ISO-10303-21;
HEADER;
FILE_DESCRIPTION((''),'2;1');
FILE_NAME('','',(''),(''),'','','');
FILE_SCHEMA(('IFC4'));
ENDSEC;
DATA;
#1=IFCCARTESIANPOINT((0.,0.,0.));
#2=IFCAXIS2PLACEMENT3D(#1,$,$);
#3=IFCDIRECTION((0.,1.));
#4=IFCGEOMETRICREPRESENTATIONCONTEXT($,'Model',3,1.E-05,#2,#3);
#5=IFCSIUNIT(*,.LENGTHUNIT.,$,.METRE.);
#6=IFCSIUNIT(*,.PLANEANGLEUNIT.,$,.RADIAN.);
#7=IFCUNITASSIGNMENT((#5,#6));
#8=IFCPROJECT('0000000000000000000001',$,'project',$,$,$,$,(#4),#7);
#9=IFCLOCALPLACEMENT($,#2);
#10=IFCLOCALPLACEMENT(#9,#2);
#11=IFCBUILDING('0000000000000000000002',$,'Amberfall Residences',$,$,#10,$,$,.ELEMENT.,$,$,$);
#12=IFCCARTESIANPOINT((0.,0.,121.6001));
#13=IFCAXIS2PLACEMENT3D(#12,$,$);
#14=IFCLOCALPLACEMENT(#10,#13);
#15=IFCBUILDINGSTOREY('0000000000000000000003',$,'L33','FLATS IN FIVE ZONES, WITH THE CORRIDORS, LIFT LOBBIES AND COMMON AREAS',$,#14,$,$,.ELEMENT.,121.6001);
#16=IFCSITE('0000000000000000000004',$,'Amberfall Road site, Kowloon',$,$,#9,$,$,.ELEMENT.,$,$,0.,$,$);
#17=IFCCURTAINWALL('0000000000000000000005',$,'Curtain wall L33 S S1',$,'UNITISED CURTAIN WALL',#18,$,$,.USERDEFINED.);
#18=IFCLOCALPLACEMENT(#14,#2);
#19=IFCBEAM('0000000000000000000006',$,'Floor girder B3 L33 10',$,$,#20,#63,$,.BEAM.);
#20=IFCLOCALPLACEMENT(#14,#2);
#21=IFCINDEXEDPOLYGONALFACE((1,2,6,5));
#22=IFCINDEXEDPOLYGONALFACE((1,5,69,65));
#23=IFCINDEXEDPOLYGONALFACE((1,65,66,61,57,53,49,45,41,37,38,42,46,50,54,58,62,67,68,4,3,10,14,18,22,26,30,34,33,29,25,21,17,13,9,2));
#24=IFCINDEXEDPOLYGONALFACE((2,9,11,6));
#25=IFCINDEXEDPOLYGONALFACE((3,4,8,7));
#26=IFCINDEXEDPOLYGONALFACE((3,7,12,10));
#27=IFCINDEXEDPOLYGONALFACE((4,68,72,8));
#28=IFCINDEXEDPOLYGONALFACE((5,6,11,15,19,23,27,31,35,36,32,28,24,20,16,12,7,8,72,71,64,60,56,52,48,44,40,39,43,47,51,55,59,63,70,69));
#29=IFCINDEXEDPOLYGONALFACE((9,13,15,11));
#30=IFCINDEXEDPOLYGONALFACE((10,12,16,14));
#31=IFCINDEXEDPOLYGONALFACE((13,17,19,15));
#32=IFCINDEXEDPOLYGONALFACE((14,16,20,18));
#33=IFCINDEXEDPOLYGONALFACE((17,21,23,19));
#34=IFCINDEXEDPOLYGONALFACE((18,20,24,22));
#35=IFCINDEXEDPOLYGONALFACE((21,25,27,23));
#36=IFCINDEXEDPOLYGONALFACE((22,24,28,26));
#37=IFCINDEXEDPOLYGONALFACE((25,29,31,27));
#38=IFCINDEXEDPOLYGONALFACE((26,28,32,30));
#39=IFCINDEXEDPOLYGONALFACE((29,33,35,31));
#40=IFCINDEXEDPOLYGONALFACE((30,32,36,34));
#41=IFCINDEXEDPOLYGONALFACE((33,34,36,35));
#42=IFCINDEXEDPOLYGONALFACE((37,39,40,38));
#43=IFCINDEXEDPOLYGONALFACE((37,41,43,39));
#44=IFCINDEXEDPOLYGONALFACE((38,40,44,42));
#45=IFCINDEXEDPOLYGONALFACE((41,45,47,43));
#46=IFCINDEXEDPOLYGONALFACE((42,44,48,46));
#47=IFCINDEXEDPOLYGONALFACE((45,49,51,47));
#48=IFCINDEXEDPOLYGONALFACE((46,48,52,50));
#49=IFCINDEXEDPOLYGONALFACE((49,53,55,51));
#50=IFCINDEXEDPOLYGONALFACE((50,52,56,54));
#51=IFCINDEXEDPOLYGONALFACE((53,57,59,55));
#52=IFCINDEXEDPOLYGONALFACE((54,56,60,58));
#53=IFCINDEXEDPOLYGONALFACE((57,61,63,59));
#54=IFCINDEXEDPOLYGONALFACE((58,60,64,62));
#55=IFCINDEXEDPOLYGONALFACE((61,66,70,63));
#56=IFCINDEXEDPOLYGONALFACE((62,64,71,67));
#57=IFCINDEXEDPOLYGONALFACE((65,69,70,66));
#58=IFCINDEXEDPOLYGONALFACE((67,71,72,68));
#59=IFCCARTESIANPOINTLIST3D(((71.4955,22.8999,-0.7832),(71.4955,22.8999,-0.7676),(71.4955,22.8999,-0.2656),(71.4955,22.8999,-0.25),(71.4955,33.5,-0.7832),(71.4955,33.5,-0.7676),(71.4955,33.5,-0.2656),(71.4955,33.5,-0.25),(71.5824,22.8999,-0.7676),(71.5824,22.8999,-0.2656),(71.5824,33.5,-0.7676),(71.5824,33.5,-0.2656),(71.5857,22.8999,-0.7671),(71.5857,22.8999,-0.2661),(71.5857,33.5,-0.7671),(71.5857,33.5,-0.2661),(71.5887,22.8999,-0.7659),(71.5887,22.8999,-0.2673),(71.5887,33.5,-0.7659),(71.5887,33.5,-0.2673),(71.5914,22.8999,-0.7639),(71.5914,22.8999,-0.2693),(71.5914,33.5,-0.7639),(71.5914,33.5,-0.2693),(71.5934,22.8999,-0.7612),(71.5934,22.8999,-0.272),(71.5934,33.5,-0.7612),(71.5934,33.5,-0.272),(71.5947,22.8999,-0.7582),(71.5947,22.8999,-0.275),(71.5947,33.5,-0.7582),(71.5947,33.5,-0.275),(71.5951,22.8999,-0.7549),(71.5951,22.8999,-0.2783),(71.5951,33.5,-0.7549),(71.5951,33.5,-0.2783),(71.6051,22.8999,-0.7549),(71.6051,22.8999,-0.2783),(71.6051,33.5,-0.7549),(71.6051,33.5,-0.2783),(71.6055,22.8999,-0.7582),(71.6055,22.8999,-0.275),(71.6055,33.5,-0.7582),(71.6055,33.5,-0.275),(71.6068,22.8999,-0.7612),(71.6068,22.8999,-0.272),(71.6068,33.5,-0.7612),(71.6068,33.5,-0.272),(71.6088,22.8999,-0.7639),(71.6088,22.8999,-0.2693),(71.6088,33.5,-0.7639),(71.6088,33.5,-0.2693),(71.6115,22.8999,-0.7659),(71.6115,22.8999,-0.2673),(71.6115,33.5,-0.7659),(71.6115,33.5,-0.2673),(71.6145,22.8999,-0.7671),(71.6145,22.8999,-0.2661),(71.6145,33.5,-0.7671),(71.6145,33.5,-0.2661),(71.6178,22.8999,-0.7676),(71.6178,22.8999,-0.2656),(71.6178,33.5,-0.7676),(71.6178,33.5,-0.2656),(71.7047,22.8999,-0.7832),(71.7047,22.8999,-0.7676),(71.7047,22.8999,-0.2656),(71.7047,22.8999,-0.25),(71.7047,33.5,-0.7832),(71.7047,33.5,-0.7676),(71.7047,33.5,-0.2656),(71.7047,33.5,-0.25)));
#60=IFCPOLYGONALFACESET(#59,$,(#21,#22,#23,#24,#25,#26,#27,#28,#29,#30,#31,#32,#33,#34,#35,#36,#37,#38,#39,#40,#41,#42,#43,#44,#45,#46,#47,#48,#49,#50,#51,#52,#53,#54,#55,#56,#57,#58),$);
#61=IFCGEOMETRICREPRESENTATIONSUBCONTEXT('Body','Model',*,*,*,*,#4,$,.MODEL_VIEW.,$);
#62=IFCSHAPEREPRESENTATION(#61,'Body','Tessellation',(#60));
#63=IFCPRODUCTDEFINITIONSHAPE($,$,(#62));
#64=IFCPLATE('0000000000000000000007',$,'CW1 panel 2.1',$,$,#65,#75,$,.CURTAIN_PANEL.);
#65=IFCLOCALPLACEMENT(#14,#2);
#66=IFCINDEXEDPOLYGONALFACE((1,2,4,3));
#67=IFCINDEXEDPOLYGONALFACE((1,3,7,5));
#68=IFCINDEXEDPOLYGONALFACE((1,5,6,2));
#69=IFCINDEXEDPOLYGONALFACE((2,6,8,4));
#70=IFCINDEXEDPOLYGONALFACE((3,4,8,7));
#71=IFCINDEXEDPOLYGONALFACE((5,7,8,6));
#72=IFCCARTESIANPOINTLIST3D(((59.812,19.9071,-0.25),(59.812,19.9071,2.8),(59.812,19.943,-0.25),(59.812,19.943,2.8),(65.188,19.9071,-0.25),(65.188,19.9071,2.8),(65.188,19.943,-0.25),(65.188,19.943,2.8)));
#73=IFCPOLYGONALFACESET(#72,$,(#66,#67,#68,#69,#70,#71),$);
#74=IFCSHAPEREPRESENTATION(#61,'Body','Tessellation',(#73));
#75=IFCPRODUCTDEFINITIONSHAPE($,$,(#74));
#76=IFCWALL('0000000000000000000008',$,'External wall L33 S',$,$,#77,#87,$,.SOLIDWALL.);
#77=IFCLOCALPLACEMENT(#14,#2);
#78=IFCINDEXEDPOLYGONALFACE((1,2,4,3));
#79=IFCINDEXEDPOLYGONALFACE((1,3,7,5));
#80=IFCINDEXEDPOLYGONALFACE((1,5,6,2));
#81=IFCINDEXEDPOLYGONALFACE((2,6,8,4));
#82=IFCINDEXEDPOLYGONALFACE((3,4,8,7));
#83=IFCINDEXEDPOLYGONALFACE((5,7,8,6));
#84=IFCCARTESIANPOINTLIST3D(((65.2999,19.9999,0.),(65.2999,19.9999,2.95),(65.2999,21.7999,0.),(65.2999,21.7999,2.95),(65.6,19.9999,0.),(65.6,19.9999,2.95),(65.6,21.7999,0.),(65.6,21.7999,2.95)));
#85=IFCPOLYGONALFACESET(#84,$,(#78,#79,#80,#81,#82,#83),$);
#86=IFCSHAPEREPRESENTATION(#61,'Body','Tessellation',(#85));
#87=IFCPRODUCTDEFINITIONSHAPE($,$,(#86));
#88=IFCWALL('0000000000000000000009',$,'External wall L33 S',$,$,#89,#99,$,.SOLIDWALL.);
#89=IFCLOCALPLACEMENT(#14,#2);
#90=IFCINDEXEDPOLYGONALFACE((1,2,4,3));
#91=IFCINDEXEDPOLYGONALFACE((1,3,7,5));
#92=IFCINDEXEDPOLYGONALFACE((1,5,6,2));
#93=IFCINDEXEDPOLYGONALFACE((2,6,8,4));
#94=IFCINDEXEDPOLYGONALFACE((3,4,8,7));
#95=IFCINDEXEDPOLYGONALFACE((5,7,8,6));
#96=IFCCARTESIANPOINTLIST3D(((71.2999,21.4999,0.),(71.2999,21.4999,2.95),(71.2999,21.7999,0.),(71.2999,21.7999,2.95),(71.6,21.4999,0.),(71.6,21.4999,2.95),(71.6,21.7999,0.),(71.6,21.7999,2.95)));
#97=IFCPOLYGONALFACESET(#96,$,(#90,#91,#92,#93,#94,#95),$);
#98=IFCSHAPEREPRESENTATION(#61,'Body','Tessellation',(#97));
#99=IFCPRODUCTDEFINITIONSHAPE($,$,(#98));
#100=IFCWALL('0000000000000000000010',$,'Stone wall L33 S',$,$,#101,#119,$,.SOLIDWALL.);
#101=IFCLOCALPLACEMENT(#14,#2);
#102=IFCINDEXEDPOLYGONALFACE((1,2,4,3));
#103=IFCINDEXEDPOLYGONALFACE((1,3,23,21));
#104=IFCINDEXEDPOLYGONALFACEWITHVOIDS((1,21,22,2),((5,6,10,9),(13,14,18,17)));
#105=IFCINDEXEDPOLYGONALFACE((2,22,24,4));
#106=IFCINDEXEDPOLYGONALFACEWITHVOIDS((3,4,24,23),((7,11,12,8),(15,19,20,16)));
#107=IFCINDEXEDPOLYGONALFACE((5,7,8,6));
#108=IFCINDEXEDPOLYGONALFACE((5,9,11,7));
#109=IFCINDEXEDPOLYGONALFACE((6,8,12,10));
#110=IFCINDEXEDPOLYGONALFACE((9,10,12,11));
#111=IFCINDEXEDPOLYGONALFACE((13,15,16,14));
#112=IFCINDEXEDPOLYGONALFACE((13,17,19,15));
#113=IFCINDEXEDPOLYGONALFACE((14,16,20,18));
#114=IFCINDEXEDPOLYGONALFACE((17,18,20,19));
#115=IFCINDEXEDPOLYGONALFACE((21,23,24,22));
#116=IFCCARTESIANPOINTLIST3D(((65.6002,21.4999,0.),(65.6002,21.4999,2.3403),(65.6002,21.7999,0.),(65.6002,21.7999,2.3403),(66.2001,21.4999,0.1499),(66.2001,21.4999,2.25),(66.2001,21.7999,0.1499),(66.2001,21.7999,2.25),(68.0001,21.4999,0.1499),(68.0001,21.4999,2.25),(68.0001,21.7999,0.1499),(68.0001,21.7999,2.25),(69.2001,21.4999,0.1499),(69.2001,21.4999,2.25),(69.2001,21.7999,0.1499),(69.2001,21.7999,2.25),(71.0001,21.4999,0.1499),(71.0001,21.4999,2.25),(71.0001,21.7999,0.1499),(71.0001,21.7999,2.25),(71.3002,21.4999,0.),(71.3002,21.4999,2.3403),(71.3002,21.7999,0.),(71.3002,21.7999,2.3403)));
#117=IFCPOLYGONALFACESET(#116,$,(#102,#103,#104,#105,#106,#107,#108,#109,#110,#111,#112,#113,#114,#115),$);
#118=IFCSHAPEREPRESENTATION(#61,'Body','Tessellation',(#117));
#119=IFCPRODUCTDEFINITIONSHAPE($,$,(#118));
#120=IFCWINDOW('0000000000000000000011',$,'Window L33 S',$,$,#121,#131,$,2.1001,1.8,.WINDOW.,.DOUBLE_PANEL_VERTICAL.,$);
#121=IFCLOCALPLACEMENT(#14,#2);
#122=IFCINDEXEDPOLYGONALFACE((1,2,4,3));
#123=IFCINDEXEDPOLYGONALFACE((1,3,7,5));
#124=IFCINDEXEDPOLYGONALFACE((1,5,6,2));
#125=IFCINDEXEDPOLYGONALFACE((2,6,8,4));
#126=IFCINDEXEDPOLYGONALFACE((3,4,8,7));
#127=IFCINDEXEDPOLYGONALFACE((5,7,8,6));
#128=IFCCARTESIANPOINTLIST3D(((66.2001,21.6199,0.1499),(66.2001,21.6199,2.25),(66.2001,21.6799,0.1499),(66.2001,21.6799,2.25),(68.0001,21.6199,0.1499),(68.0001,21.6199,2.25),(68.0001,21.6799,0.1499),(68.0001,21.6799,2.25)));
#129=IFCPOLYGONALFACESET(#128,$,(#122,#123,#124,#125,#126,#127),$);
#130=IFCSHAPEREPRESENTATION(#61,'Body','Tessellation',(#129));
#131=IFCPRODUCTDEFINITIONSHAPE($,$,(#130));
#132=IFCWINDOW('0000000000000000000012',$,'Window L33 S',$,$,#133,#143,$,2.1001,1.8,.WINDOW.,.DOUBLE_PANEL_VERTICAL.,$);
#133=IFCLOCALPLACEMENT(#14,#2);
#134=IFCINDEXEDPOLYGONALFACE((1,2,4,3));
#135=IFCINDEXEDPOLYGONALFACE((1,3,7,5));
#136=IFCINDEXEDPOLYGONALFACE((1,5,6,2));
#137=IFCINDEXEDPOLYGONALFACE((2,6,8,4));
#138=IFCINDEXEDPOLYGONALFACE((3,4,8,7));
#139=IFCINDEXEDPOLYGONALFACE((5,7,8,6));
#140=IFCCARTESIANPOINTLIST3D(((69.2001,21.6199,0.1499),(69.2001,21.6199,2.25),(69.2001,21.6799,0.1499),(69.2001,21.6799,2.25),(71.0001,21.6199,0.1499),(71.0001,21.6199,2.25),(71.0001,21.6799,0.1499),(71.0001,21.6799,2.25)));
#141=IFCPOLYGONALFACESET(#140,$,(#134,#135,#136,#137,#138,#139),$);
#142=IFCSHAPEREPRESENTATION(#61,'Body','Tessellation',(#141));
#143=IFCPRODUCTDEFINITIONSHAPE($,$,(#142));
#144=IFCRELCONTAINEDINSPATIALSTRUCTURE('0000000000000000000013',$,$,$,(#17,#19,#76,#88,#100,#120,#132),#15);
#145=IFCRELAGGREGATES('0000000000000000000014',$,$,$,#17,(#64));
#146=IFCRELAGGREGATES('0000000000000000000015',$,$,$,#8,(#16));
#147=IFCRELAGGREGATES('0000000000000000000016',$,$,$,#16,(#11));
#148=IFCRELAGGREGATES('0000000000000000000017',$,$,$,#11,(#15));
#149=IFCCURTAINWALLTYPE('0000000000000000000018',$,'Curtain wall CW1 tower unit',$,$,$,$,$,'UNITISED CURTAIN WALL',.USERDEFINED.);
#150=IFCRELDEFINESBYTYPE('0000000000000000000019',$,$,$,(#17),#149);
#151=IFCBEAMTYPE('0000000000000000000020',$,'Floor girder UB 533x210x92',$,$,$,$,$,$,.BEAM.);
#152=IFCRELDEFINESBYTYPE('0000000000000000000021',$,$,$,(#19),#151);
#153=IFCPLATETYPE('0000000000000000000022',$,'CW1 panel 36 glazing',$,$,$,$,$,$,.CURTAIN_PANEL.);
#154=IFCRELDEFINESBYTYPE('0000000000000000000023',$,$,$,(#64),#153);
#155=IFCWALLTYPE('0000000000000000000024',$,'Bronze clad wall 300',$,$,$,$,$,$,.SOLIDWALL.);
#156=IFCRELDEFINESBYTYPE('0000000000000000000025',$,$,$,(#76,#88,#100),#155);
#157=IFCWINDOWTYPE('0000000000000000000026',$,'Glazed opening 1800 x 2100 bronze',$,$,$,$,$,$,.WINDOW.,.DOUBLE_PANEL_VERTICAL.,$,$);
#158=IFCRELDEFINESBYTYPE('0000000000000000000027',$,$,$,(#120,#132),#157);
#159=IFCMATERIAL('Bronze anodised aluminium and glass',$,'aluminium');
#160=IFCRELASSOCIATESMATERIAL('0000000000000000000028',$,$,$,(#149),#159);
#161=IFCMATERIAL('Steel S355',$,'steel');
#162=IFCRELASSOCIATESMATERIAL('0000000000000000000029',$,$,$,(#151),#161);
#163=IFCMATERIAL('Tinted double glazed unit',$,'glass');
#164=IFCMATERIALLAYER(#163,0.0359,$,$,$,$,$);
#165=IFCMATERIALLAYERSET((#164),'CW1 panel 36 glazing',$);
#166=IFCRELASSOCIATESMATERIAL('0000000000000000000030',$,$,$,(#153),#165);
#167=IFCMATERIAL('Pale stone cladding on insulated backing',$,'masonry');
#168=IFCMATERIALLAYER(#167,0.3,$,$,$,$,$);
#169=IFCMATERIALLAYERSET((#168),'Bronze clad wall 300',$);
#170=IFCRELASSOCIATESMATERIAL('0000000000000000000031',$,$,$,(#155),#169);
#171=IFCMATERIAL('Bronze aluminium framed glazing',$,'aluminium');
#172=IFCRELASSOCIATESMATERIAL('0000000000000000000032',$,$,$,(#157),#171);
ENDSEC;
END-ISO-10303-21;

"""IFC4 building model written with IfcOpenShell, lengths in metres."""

from ifc_helpers import new_model, si_unit, direction, frame, frame_2d, origin, origin_2d, place, context, subcontext, project, spatial, rectangle, i_section, extrude, material, layer, layer_set, material_profile, profile_set, type_object, element, fill, aggregate, save


model = new_model("IFC4")

# Units and contexts
model_context = context("Model", 3, precision=1e-05, world=origin(), true_north=direction((0.0, 1.0)))
body_context = subcontext(model_context, "Body", "Model", "MODEL_VIEW")
ifc_project = project(units=[si_unit("LENGTHUNIT", "METRE"), si_unit("PLANEANGLEUNIT", "RADIAN")], contexts=[model_context])

# Site, building, storey
site_placement = place(None, origin())
site = spatial("IfcSite", under=ifc_project, at=site_placement, Name="Amberfall Road site, Kowloon", CompositionType="ELEMENT", RefElevation=0.0)
building_placement = place(site_placement, origin())
building = spatial("IfcBuilding", under=site, at=building_placement, Name="Amberfall Residences", CompositionType="ELEMENT")
storey_placement = place(building_placement, frame((0.0, 0.0, 121.6001)))
storey = spatial("IfcBuildingStorey", under=building, at=storey_placement, Name="L33", Description="FLATS IN FIVE ZONES, WITH THE CORRIDORS, LIFT LOBBIES AND COMMON AREAS", CompositionType="ELEMENT", Elevation=121.6001)

# Curtain wall
ifc_material_1 = material(Name="Bronze anodised aluminium and glass", Category="aluminium")
curtain_wall_type = type_object("IfcCurtainWallType", Name="Curtain wall CW1 tower unit", ElementType="UNITISED CURTAIN WALL", PredefinedType="USERDEFINED", material=ifc_material_1)
curtain_wall_placement = place(storey_placement, origin())
curtain_wall = element("IfcCurtainWall", 1, at=curtain_wall_placement, inside=storey, type_object=curtain_wall_type, Name="Curtain wall L33 S S1", ObjectType="UNITISED CURTAIN WALL", PredefinedType="USERDEFINED")

# Shared definitions
ifc_material_2 = material(Name="Steel S355", Category="steel")

# Beam
ifc_material_profile_1 = material_profile(ifc_material_2, i_section(OverallWidth=0.2092, OverallDepth=0.5332, WebThickness=0.01, FlangeThickness=0.0156, FilletRadius=0.0127, at=origin_2d()), Name="UB 533x210x92")
ifc_profile_set_1 = profile_set([ifc_material_profile_1], Name="Steel S355")
beam_type_1 = type_object("IfcBeamType", Name="Floor girder UB 533x210x92", PredefinedType="BEAM", material=ifc_profile_set_1)
for number, where, z_axis, x_axis, name in (
    (2, (71.6001, 22.8999, -0.5166), (0.0, 1.0, 0.0), (-1.0, 0.0, 0.0), "Floor girder B3 L33 10"),
):
    element("IfcBeam", number, at=place(storey_placement, frame(where, z_axis=z_axis, x_axis=x_axis)), inside=storey, type_object=beam_type_1, Name=name, PredefinedType="BEAM", context=body_context, shape_type="SweptSolid", body=[
        extrude(i_section(OverallWidth=0.2092, OverallDepth=0.5332, WebThickness=0.01, FlangeThickness=0.0156, FilletRadius=0.0127, at=origin_2d()), origin(), (0.0, 0.0, 1.0), 10.6001),
    ])

# Plate
ifc_material_3 = material(Name="Tinted double glazed unit", Category="glass")
ifc_layer_1 = layer(ifc_material_3, 0.0359)
ifc_layer_set_1 = layer_set([ifc_layer_1], Name="CW1 panel 36 glazing")
plate_type = type_object("IfcPlateType", Name="CW1 panel 36 glazing", PredefinedType="CURTAIN_PANEL", material=ifc_layer_set_1)
plate_placement = place(storey_placement, frame((62.5, 19.925, -0.25), z_axis=(0.0, 0.0, 1.0), x_axis=(1.0, 0.0, 0.0)))
plate = element("IfcPlate", 3, at=plate_placement, type_object=plate_type, Name="CW1 panel 2.1", PredefinedType="CURTAIN_PANEL", context=body_context, shape_type="SweptSolid", body=[
    extrude(rectangle(XDim=5.376, YDim=0.0359, at=origin_2d()), origin(), (0.0, 0.0, 1.0), 3.05),
])
aggregate(curtain_wall, [plate])

# Walls
ifc_material_4 = material(Name="Pale stone cladding on insulated backing", Category="masonry")
ifc_layer_2 = layer(ifc_material_4, 0.3)
ifc_layer_set_2 = layer_set([ifc_layer_2], Name="Bronze clad wall 300")
wall_type_1 = type_object("IfcWallType", Name="Bronze clad wall 300", PredefinedType="SOLIDWALL", material=ifc_layer_set_2)
wall_1_placement = place(storey_placement, frame((65.45, 20.0, 0.0), z_axis=(0.0, 0.0, 1.0), x_axis=(0.0, 1.0, 0.0)))
element("IfcWall", 4, at=wall_1_placement, inside=storey, type_object=wall_type_1, Name="External wall L33 S", PredefinedType="SOLIDWALL", context=body_context, shape_type="SweptSolid", body=[
    extrude(rectangle(XDim=1.8, YDim=0.3, at=frame_2d((0.8999, 0.0))), origin(), (0.0, 0.0, 1.0), 2.95),
])
wall_2_placement = place(storey_placement, frame((71.45, 21.5, 0.0), z_axis=(0.0, 0.0, 1.0), x_axis=(0.0, 1.0, 0.0)))
element("IfcWall", 5, at=wall_2_placement, inside=storey, type_object=wall_type_1, Name="External wall L33 S", PredefinedType="SOLIDWALL", context=body_context, shape_type="SweptSolid", body=[
    extrude(rectangle(XDim=0.3, YDim=0.3, at=frame_2d((0.1499, 0.0))), origin(), (0.0, 0.0, 1.0), 2.95),
])

# Wall, openings, windows
wall_3_placement = place(storey_placement, frame((65.6001, 21.6499, 0.0), z_axis=(0.0, 0.0, 1.0), x_axis=(1.0, 0.0, 0.0)))
wall_3 = element("IfcWall", 6, at=wall_3_placement, inside=storey, type_object=wall_type_1, Name="Stone wall L33 S", PredefinedType="SOLIDWALL", context=body_context, shape_type="SweptSolid", body=[
    extrude(rectangle(XDim=5.7, YDim=0.3, at=frame_2d((2.8501, 0.0))), origin(), (0.0, 0.0, 1.0), 2.3403),
])
opening_1_placement = place(wall_3_placement, frame((0.6001, 0.0, 0.1499)))
opening_1 = element("IfcOpeningElement", 7, at=opening_1_placement, cuts=wall_3, PredefinedType="OPENING", context=body_context, shape_type="SweptSolid", body=[
    extrude(rectangle(XDim=1.8, YDim=2.1001, at=frame_2d((0.8999, 1.05))), frame((0.0, 0.1599, 0.0), z_axis=(0.0, -1.0, 0.0), x_axis=(1.0, 0.0, 0.0)), (0.0, 0.0, 1.0), 0.3201),
])
opening_2_placement = place(wall_3_placement, frame((3.6001, 0.0, 0.1499)))
opening_2 = element("IfcOpeningElement", 8, at=opening_2_placement, cuts=wall_3, PredefinedType="OPENING", context=body_context, shape_type="SweptSolid", body=[
    extrude(rectangle(XDim=1.8, YDim=2.1001, at=frame_2d((0.8999, 1.05))), frame((0.0, 0.1599, 0.0), z_axis=(0.0, -1.0, 0.0), x_axis=(1.0, 0.0, 0.0)), (0.0, 0.0, 1.0), 0.3201),
])
ifc_material_5 = material(Name="Bronze aluminium framed glazing", Category="aluminium")
window_type = type_object("IfcWindowType", Name="Glazed opening 1800 x 2100 bronze", PartitioningType="DOUBLE_PANEL_VERTICAL", PredefinedType="WINDOW", material=ifc_material_5)
window_1_placement = place(opening_1_placement, origin())
window_1 = element("IfcWindow", 9, at=window_1_placement, inside=storey, type_object=window_type, Name="Window L33 S", OverallHeight=2.1001, OverallWidth=1.8, PartitioningType="DOUBLE_PANEL_VERTICAL", PredefinedType="WINDOW", context=body_context, shape_type="SweptSolid", body=[
    extrude(rectangle(XDim=1.8, YDim=2.1001, at=frame_2d((0.8999, 1.05))), frame((0.0, 0.03, 0.0), z_axis=(0.0, -1.0, 0.0), x_axis=(1.0, 0.0, 0.0)), (0.0, 0.0, 1.0), 0.0601),
])
fill(opening_1, window_1)
window_2_placement = place(opening_2_placement, origin())
window_2 = element("IfcWindow", 10, at=window_2_placement, inside=storey, type_object=window_type, Name="Window L33 S", OverallHeight=2.1001, OverallWidth=1.8, PartitioningType="DOUBLE_PANEL_VERTICAL", PredefinedType="WINDOW", context=body_context, shape_type="SweptSolid", body=[
    extrude(rectangle(XDim=1.8, YDim=2.1001, at=frame_2d((0.8999, 1.05))), frame((0.0, 0.03, 0.0), z_axis=(0.0, -1.0, 0.0), x_axis=(1.0, 0.0, 0.0)), (0.0, 0.0, 1.0), 0.0601),
])
fill(opening_2, window_2)

save(model, "model.ifc")
